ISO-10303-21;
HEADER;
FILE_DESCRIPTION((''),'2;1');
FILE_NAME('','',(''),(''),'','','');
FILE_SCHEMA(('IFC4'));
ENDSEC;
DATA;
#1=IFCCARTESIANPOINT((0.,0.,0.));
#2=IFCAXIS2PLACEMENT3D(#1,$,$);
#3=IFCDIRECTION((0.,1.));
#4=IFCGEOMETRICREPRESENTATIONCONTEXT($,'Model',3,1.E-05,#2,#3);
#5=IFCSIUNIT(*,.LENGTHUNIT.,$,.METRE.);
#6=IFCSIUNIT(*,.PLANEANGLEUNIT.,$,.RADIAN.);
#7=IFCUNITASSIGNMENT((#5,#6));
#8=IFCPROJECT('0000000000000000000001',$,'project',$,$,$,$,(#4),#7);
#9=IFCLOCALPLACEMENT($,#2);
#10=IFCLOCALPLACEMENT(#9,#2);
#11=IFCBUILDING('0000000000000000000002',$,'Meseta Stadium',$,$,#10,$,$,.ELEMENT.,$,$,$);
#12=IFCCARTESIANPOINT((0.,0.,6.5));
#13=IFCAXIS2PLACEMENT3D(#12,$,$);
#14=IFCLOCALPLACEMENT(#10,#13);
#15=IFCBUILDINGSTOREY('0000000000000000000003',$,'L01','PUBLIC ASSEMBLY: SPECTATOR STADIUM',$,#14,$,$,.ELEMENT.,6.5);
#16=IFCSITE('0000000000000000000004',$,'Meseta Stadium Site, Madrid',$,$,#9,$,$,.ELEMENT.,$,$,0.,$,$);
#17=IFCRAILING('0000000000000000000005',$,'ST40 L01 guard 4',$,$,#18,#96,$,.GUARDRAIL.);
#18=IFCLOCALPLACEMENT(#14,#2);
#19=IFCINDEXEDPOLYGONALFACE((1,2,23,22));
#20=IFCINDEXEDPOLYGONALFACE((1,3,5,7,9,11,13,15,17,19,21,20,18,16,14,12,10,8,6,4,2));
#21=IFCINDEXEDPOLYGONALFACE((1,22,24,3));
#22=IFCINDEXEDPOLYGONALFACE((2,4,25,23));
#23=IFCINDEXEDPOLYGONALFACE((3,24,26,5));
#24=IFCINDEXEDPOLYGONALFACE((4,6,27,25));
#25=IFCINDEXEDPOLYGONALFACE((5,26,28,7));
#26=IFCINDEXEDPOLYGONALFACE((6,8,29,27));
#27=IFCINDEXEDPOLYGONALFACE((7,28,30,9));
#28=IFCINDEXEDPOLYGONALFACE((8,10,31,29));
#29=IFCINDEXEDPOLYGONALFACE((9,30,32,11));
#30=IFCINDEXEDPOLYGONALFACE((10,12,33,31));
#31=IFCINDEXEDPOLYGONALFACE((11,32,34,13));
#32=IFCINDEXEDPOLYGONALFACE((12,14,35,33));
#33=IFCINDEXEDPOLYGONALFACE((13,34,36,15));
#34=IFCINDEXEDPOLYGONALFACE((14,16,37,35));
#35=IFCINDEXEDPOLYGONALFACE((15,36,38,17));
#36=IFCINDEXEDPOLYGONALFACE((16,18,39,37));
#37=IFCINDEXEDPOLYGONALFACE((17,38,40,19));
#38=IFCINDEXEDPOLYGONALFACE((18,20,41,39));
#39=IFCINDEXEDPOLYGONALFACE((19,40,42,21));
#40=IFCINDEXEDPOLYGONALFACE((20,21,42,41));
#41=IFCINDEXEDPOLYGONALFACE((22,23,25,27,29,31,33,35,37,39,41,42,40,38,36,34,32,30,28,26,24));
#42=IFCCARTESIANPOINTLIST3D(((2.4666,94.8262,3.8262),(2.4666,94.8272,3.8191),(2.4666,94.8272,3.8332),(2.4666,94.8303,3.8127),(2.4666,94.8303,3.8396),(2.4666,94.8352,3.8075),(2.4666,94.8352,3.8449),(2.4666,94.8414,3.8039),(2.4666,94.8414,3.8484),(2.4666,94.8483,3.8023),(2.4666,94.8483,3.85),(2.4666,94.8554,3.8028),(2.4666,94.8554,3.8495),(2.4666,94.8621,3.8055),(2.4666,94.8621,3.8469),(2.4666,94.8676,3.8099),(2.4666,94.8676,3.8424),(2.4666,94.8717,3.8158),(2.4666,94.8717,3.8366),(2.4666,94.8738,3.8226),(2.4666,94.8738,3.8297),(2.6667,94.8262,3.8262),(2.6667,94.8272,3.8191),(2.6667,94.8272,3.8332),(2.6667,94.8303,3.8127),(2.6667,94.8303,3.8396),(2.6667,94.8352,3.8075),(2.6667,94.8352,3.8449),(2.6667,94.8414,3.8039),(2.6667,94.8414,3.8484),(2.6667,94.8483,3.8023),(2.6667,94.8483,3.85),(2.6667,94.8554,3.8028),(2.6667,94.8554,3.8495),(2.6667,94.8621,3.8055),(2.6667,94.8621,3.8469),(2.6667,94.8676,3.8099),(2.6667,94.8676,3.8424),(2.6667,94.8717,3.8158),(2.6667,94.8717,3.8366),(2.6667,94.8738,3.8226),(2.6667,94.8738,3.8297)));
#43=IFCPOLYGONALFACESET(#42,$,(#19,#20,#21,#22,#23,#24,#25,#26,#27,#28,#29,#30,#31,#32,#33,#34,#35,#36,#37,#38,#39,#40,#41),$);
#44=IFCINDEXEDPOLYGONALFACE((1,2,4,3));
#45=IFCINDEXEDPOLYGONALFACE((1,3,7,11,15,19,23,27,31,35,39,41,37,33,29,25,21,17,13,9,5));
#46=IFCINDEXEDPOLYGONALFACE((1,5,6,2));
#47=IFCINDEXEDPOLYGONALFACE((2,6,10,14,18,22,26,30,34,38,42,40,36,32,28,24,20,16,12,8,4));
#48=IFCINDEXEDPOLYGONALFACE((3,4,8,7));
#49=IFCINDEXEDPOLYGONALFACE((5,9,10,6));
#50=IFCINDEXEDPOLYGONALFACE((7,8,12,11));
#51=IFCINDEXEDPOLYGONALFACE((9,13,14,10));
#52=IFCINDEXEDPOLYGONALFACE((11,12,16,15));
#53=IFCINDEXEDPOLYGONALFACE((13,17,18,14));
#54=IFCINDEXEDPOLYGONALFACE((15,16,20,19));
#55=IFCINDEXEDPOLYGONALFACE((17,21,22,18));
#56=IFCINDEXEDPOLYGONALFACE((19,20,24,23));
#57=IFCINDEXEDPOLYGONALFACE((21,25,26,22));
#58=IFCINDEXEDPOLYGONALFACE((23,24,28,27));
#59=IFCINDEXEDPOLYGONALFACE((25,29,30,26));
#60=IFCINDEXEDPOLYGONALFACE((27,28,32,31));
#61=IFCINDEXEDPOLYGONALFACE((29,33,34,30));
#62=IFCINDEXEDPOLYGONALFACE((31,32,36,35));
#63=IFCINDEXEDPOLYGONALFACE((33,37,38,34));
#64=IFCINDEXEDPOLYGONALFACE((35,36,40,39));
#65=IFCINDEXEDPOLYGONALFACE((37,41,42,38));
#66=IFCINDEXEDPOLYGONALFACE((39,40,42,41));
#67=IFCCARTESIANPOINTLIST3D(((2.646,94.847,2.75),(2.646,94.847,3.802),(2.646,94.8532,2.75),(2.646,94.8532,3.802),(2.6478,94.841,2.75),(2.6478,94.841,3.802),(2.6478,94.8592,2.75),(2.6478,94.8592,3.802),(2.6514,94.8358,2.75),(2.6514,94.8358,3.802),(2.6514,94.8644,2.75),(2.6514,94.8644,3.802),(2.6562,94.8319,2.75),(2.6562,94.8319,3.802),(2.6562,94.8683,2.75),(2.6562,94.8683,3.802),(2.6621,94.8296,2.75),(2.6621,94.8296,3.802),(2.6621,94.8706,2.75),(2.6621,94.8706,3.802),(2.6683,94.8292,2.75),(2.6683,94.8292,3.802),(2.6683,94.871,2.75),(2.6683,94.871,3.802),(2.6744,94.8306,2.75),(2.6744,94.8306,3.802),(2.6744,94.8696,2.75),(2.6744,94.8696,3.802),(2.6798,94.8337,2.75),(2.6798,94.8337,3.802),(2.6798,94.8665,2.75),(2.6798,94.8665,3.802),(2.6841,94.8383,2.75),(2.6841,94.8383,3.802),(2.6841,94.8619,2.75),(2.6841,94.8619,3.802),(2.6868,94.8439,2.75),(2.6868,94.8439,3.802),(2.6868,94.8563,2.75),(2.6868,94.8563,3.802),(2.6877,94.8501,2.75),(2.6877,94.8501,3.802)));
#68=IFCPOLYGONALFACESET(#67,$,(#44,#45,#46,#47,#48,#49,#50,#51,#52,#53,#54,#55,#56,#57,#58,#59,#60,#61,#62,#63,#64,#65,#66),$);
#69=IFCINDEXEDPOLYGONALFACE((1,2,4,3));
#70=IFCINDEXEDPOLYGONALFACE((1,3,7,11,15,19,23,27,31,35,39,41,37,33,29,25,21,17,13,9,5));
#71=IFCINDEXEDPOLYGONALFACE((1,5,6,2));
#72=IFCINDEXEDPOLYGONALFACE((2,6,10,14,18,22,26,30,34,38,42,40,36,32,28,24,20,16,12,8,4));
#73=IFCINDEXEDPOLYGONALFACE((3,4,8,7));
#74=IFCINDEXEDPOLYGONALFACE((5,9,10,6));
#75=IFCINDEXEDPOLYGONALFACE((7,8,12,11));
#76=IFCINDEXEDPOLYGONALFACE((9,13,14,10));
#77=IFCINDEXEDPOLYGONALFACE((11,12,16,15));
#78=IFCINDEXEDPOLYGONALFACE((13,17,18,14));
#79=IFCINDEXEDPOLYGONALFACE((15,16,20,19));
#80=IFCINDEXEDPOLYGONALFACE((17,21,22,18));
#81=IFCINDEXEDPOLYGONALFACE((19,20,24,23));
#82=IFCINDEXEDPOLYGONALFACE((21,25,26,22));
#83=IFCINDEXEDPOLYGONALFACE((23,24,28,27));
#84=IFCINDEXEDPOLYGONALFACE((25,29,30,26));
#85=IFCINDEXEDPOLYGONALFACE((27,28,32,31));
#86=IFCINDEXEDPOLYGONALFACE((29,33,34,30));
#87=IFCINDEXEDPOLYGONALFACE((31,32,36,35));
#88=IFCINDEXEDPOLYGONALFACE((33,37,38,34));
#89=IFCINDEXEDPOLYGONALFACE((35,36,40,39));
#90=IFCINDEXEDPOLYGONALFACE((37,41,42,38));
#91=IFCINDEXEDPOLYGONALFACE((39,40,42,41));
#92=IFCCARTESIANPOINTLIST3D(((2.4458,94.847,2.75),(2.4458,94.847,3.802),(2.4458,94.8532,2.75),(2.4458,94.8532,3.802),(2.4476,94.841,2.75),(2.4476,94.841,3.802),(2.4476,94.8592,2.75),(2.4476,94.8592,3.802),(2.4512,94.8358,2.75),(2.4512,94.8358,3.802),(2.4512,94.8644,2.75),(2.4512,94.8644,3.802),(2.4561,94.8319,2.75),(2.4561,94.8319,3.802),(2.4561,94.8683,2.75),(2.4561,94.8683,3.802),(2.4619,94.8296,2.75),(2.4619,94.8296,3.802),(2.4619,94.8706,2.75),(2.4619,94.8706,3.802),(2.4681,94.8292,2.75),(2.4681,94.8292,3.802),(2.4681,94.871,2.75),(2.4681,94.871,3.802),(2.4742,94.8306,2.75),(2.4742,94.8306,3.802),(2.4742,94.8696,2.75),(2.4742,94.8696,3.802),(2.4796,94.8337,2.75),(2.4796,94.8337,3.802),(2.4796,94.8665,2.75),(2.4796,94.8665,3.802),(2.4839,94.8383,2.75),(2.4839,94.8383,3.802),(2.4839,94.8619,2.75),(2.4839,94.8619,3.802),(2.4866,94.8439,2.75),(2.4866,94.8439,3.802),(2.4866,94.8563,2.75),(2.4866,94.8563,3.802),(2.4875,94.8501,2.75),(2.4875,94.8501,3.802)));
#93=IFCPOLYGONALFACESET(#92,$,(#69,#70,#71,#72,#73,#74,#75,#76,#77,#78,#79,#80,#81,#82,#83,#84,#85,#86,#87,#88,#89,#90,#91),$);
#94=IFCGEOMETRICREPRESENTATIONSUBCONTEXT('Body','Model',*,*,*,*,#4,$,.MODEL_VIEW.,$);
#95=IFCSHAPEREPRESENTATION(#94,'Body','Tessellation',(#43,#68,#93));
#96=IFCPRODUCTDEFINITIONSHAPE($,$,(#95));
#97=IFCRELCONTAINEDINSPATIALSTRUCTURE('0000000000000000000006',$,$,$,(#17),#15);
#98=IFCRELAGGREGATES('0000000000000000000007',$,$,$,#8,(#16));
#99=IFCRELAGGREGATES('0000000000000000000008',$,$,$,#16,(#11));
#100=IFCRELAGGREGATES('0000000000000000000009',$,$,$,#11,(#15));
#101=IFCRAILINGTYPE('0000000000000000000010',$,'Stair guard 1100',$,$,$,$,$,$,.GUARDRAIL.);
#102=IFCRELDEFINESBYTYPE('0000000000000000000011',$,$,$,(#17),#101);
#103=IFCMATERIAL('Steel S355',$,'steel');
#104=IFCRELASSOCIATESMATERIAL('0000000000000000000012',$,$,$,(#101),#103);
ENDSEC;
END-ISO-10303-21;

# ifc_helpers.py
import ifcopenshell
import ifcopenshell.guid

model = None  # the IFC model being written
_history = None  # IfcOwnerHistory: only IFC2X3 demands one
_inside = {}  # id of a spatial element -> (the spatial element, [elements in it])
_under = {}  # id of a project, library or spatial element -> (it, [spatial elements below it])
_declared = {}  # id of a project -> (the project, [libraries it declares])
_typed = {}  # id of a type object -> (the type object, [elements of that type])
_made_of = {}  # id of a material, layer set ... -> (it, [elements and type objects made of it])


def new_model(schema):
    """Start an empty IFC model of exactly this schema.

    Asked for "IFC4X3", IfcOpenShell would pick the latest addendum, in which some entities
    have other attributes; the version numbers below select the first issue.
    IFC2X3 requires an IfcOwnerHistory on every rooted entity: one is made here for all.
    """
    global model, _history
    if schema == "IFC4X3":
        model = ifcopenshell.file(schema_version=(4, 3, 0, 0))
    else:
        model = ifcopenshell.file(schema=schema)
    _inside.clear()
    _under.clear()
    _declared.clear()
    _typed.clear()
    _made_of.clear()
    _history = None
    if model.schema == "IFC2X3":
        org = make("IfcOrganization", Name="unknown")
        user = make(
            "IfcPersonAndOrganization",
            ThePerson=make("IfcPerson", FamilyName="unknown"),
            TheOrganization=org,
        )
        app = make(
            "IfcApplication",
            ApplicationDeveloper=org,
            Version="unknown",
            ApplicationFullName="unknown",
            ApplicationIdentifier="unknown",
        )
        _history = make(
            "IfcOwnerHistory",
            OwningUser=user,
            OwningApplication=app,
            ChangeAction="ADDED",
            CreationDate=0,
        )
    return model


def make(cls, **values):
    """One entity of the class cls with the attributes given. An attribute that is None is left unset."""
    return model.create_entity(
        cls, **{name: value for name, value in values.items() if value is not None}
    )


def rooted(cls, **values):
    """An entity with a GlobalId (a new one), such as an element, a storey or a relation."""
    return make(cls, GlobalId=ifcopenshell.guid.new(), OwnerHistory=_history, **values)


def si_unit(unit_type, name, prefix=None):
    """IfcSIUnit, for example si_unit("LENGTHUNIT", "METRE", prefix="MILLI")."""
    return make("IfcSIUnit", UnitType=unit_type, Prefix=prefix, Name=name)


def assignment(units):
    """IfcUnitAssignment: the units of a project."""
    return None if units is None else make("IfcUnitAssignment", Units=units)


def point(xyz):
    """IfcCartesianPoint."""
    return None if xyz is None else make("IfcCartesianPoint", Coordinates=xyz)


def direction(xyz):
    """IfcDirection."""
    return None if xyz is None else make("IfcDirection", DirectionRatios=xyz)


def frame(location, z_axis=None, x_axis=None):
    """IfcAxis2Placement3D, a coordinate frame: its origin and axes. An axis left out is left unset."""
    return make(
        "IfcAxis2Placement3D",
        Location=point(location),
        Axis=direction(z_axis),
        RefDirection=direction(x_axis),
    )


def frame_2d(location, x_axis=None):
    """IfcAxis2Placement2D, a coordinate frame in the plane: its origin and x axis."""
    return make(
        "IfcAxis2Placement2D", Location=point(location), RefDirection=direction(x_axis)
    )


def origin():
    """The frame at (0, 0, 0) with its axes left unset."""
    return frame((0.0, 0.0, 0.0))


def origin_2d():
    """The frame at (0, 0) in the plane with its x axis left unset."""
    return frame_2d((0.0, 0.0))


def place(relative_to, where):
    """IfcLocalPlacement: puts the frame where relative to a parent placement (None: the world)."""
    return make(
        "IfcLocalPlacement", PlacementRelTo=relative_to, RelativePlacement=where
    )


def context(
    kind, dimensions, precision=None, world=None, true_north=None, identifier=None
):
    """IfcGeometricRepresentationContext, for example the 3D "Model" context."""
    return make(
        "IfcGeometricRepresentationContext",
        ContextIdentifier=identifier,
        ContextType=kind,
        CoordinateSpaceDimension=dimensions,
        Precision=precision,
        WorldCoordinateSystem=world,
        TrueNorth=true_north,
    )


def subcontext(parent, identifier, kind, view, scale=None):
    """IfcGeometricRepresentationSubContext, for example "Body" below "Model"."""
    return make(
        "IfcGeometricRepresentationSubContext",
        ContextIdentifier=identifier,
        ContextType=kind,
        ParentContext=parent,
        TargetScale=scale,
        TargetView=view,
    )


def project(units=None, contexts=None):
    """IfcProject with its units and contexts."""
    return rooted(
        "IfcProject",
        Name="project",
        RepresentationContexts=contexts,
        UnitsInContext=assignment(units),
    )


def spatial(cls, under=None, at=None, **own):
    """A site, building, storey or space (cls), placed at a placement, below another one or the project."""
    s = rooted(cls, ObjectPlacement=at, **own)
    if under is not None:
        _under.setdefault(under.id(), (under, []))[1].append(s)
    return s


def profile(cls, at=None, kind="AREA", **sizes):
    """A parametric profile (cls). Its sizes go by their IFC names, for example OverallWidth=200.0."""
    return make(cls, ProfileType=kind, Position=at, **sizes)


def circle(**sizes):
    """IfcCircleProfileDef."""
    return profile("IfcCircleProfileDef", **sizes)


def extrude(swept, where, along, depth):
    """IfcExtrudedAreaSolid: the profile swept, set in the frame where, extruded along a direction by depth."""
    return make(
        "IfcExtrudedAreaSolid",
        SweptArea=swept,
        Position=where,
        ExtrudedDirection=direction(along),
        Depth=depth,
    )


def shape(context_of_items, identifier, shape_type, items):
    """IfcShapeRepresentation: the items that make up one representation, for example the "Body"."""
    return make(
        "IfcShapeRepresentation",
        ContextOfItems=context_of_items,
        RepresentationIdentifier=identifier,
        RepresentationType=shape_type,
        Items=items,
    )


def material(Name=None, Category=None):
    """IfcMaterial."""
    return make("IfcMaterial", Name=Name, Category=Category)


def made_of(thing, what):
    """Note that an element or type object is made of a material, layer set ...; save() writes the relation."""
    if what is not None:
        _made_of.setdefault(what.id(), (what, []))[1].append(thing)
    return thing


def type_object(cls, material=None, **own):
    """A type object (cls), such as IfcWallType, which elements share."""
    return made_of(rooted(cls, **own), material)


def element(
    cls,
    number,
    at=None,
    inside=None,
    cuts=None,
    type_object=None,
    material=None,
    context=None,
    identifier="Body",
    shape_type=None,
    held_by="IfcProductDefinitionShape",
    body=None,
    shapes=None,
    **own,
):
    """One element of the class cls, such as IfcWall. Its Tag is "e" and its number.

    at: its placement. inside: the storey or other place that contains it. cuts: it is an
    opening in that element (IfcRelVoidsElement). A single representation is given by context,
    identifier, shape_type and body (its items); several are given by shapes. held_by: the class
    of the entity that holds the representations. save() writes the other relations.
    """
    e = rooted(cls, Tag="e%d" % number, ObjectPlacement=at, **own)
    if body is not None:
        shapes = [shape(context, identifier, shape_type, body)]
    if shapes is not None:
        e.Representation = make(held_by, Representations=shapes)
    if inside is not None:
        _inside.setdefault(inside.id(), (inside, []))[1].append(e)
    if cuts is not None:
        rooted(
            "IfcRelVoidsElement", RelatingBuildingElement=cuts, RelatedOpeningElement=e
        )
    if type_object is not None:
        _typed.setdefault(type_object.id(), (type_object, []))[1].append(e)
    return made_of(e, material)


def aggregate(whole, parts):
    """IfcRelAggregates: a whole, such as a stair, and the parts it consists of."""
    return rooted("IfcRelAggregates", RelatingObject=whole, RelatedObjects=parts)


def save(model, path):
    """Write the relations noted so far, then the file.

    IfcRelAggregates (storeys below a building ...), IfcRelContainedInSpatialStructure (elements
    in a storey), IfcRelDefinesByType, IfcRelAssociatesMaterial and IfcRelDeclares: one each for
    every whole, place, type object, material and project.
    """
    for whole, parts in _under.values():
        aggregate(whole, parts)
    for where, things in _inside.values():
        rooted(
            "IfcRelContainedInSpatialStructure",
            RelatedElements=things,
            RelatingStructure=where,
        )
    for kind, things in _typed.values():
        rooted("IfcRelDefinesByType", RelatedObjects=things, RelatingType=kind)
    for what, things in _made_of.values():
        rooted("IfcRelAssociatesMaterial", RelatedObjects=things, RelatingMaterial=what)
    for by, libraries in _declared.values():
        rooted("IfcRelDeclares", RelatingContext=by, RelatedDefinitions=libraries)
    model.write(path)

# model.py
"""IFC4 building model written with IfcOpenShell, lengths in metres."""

from ifc_helpers import new_model, si_unit, direction, frame, origin, origin_2d, place, context, subcontext, project, spatial, circle, extrude, material, type_object, element, save


model = new_model("IFC4")

# Units and contexts
model_context = context("Model", 3, precision=1e-05, world=origin(), true_north=direction((0.0, 1.0)))
body_context = subcontext(model_context, "Body", "Model", "MODEL_VIEW")
ifc_project = project(units=[si_unit("LENGTHUNIT", "METRE"), si_unit("PLANEANGLEUNIT", "RADIAN")], contexts=[model_context])

# Site, building, storey
site_placement = place(None, origin())
site = spatial("IfcSite", under=ifc_project, at=site_placement, Name="Meseta Stadium Site, Madrid", CompositionType="ELEMENT", RefElevation=0.0)
building_placement = place(site_placement, origin())
building = spatial("IfcBuilding", under=site, at=building_placement, Name="Meseta Stadium", CompositionType="ELEMENT")
storey_placement = place(building_placement, frame((0.0, 0.0, 6.5)))
storey = spatial("IfcBuildingStorey", under=building, at=storey_placement, Name="L01", Description="PUBLIC ASSEMBLY: SPECTATOR STADIUM", CompositionType="ELEMENT", Elevation=6.5)

# Railing
ifc_material_1 = material(Name="Steel S355", Category="steel")
railing_type_1 = type_object("IfcRailingType", Name="Stair guard 1100", PredefinedType="GUARDRAIL", material=ifc_material_1)
railing_1_placement = place(storey_placement, frame((2.6667, 94.8501, 2.75)))
element("IfcRailing", 1, at=railing_1_placement, inside=storey, type_object=railing_type_1, Name="ST40 L01 guard 4", PredefinedType="GUARDRAIL", context=body_context, shape_type="SweptSolid", body=[
    extrude(circle(Radius=0.0239, at=origin_2d()), frame((0.0, 0.0, 1.0762), z_axis=(-1.0, 0.0, 0.0), x_axis=(0.0, -1.0, 0.0)), (0.0, 0.0, 1.0), 0.2002),
    extrude(circle(Radius=0.021, at=origin_2d()), origin(), (0.0, 0.0, 1.0), 1.052),
    extrude(circle(Radius=0.021, at=origin_2d()), frame((-0.2002, 0.0, 0.0)), (0.0, 0.0, 1.0), 1.052),
])

save(model, "model.ifc")
